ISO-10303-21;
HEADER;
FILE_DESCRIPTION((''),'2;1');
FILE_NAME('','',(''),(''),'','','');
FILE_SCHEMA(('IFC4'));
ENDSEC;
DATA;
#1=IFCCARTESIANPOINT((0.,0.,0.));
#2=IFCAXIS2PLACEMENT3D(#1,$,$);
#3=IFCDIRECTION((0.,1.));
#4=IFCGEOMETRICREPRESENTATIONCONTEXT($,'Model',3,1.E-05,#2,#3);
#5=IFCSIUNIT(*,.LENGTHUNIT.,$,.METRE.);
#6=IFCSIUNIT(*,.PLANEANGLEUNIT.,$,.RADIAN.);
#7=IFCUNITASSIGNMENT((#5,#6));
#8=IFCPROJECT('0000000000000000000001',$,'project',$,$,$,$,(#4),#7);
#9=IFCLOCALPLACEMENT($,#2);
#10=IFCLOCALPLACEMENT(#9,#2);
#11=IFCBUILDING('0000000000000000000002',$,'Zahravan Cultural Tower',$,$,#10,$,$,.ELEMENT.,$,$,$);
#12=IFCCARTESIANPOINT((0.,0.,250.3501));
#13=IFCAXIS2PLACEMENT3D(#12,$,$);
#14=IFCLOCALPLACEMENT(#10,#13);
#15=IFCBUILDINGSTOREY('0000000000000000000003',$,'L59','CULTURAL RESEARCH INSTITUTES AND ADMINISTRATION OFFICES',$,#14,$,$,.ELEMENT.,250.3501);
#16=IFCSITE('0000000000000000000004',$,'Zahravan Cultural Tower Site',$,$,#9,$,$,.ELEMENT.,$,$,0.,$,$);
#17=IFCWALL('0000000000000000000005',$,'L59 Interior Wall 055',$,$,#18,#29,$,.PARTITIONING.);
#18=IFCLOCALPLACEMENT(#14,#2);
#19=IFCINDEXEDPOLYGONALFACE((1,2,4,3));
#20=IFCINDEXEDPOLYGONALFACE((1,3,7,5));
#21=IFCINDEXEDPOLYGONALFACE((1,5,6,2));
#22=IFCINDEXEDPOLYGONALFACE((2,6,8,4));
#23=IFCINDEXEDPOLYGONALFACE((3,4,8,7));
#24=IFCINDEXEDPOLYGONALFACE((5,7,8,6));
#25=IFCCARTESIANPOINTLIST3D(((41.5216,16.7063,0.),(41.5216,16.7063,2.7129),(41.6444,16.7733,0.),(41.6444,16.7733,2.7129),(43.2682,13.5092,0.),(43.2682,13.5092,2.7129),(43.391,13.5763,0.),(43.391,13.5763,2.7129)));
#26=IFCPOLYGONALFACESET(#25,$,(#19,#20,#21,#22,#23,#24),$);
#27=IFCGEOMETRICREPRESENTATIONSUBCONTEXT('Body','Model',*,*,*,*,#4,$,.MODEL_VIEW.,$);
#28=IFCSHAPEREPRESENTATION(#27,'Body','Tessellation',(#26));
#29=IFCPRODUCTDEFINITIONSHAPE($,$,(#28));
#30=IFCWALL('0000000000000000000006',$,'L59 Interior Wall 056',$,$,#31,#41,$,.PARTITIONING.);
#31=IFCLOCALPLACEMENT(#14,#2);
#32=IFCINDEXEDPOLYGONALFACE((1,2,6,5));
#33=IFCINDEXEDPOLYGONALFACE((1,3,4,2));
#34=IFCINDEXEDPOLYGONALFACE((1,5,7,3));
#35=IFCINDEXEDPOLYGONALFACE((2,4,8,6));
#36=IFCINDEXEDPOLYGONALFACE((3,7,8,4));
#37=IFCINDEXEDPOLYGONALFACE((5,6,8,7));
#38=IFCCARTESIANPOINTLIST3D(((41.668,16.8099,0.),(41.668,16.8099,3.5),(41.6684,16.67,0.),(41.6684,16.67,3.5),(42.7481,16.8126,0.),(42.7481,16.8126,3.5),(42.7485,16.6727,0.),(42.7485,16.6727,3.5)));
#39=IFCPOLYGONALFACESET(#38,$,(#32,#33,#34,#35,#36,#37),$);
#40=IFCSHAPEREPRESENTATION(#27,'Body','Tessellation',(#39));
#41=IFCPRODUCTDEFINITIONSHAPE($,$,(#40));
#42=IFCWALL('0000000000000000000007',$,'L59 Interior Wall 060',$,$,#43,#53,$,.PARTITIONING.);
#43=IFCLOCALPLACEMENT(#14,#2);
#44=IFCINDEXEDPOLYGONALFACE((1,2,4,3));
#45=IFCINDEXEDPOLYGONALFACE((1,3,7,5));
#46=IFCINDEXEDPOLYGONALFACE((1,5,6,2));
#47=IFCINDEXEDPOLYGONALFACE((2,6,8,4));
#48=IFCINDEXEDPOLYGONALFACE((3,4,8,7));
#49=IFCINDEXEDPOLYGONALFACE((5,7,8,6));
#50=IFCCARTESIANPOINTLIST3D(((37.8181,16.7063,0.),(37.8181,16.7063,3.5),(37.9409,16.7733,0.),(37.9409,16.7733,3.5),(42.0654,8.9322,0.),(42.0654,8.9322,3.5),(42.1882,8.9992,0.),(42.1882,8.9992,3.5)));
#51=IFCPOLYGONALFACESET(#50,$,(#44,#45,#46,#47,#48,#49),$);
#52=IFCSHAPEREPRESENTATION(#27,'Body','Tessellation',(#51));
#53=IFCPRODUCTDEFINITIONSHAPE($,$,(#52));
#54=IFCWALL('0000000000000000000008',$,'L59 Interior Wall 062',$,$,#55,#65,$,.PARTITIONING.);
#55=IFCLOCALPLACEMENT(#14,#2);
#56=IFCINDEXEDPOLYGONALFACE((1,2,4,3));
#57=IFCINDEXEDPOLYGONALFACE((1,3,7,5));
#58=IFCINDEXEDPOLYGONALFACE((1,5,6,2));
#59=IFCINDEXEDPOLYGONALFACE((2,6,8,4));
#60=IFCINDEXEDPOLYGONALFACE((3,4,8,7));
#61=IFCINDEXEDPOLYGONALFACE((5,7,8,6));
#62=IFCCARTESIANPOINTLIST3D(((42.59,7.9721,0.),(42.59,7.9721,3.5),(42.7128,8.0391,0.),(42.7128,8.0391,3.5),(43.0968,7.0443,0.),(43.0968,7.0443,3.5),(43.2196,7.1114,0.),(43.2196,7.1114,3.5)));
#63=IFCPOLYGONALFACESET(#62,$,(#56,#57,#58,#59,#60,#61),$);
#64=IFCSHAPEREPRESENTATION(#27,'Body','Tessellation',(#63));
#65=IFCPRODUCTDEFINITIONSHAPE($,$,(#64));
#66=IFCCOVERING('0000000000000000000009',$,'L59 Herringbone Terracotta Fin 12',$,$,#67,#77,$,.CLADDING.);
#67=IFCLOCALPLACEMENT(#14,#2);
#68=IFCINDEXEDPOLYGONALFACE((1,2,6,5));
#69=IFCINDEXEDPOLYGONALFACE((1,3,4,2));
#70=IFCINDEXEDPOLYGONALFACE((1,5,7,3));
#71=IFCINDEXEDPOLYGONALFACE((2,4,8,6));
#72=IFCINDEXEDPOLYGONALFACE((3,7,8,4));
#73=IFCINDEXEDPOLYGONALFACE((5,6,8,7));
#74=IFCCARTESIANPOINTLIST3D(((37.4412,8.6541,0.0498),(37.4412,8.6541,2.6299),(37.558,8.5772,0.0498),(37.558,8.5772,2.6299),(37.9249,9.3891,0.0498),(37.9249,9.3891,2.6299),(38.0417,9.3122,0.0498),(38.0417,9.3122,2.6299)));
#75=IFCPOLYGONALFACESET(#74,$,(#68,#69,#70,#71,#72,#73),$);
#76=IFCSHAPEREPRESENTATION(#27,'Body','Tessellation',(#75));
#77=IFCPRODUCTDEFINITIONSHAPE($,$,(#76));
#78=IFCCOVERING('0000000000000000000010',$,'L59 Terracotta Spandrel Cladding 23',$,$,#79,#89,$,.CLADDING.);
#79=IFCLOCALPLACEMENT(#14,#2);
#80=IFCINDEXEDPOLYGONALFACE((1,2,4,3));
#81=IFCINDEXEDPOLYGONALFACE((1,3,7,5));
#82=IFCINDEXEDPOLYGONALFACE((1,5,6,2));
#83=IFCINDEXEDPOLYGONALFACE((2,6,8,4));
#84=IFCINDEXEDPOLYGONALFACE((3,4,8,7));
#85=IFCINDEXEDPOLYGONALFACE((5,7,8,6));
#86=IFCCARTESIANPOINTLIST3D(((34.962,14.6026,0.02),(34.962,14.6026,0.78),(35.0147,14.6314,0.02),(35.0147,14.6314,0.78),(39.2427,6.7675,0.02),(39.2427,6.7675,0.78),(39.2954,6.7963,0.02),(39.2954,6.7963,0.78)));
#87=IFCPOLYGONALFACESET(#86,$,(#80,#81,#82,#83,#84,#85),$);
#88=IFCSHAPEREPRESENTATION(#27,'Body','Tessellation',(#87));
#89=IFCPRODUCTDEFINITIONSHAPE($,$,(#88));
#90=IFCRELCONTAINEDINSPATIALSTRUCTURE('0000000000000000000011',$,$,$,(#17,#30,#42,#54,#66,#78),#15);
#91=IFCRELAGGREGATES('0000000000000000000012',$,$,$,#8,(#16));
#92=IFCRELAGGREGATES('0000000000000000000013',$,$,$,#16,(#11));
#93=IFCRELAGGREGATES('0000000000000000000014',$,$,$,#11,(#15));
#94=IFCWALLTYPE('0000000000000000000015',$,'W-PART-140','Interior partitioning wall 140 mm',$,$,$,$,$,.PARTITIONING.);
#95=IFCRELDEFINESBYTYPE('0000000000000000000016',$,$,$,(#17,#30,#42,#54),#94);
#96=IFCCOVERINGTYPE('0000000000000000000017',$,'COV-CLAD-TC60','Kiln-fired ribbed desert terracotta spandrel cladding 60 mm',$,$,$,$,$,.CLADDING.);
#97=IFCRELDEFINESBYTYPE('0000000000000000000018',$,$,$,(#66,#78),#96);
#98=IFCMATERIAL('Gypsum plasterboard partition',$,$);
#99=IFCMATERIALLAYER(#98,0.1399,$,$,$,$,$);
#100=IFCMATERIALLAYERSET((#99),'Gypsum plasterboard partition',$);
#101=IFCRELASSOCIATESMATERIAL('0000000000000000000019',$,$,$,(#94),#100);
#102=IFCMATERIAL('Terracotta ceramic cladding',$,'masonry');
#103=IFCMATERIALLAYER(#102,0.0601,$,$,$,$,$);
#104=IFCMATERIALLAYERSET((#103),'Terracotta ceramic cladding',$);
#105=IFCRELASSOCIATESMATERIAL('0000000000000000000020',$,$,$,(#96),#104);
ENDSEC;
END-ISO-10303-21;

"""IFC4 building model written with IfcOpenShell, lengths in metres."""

from ifc_helpers import new_model, si_unit, direction, frame, frame_2d, origin, origin_2d, place, context, subcontext, project, spatial, rectangle, extrude, source, transform, mapped, material, layer, layer_set, type_object, element, save


model = new_model("IFC4")

# Units and contexts
model_context = context("Model", 3, precision=1e-05, world=origin(), true_north=direction((0.0, 1.0)))
body_context = subcontext(model_context, "Body", "Model", "MODEL_VIEW")
ifc_project = project(units=[si_unit("LENGTHUNIT", "METRE"), si_unit("PLANEANGLEUNIT", "RADIAN")], contexts=[model_context])

# Site, building, storey
site_placement = place(None, origin())
site = spatial("IfcSite", under=ifc_project, at=site_placement, Name="Zahravan Cultural Tower Site", CompositionType="ELEMENT", RefElevation=0.0)
building_placement = place(site_placement, origin())
building = spatial("IfcBuilding", under=site, at=building_placement, Name="Zahravan Cultural Tower", CompositionType="ELEMENT")
storey_placement = place(building_placement, frame((0.0, 0.0, 250.3501)))
storey = spatial("IfcBuildingStorey", under=building, at=storey_placement, Name="L59", Description="CULTURAL RESEARCH INSTITUTES AND ADMINISTRATION OFFICES", CompositionType="ELEMENT", Elevation=250.3501)

# Shared definitions
ifc_material_1 = material(Name="Gypsum plasterboard partition")
ifc_layer_1 = layer(ifc_material_1, 0.1399)
ifc_layer_set_1 = layer_set([ifc_layer_1], Name="Gypsum plasterboard partition")
wall_type_1 = type_object("IfcWallType", Name="W-PART-140", Description="Interior partitioning wall 140 mm", PredefinedType="PARTITIONING", material=ifc_layer_set_1)

# Walls
shared_shape_1 = source(origin(), body_context, "Body", "SweptSolid", [
    extrude(rectangle(XDim=3.6431, YDim=0.1399, at=frame_2d((1.8215, 0.0))), origin(), (0.0, 0.0, 1.0), 2.7129),
])
wall_1_placement = place(storey_placement, frame((43.3296, 13.5427, 0.0), z_axis=(0.0, 0.0, 1.0), x_axis=(-0.479434, 0.877578, 0.0)))
element("IfcWall", 1, at=wall_1_placement, inside=storey, type_object=wall_type_1, Name="L59 Interior Wall 055", PredefinedType="PARTITIONING", context=body_context, shape_type="MappedRepresentation", body=[
    mapped(shared_shape_1, transform((0.0, 0.0, 0.0), x_axis=(1.0, 0.0, 0.0), y_axis=(0.0, 1.0, 0.0), z_axis=(0.0, 0.0, 1.0), scale=1.0)),
])
shared_shape_2 = source(origin(), body_context, "Body", "SweptSolid", [
    extrude(rectangle(XDim=1.0801, YDim=0.1399, at=frame_2d((0.54, 0.0))), origin(), (0.0, 0.0, 1.0), 3.5),
])
wall_2_placement = place(storey_placement, frame((41.6682, 16.74, 0.0), z_axis=(0.0, 0.0, 1.0), x_axis=(0.999997, 0.002486, 0.0)))
element("IfcWall", 2, at=wall_2_placement, inside=storey, type_object=wall_type_1, Name="L59 Interior Wall 056", PredefinedType="PARTITIONING", context=body_context, shape_type="MappedRepresentation", body=[
    mapped(shared_shape_2, transform((0.0, 0.0, 0.0), x_axis=(1.0, 0.0, 0.0), y_axis=(0.0, 1.0, 0.0), z_axis=(0.0, 0.0, 1.0), scale=1.0)),
])
shared_shape_3 = source(origin(), body_context, "Body", "SweptSolid", [
    extrude(rectangle(XDim=8.8586, YDim=0.1399, at=frame_2d((4.4292, 0.0))), origin(), (0.0, 0.0, 1.0), 3.5),
])
wall_3_placement = place(storey_placement, frame((42.1267, 8.9658, 0.0), z_axis=(0.0, 0.0, 1.0), x_axis=(-0.479449, 0.87757, 0.0)))
element("IfcWall", 3, at=wall_3_placement, inside=storey, type_object=wall_type_1, Name="L59 Interior Wall 060", PredefinedType="PARTITIONING", context=body_context, shape_type="MappedRepresentation", body=[
    mapped(shared_shape_3, transform((0.0, 0.0, 0.0), x_axis=(1.0, 0.0, 0.0), y_axis=(0.0, 1.0, 0.0), z_axis=(0.0, 0.0, 1.0), scale=1.0)),
])
shared_shape_4 = source(origin(), body_context, "Body", "SweptSolid", [
    extrude(rectangle(XDim=1.0571, YDim=0.1399, at=frame_2d((0.5286, 0.0))), origin(), (0.0, 0.0, 1.0), 3.5),
])
wall_4_placement = place(storey_placement, frame((43.1582, 7.0779, 0.0), z_axis=(0.0, 0.0, 1.0), x_axis=(-0.479435, 0.877578, 0.0)))
element("IfcWall", 4, at=wall_4_placement, inside=storey, type_object=wall_type_1, Name="L59 Interior Wall 062", PredefinedType="PARTITIONING", context=body_context, shape_type="MappedRepresentation", body=[
    mapped(shared_shape_4, transform((0.0, 0.0, 0.0), x_axis=(1.0, 0.0, 0.0), y_axis=(0.0, 1.0, 0.0), z_axis=(0.0, 0.0, 1.0), scale=1.0)),
])

# Coverings
ifc_material_2 = material(Name="Terracotta ceramic cladding", Category="masonry")
ifc_layer_2 = layer(ifc_material_2, 0.0601)
ifc_layer_set_2 = layer_set([ifc_layer_2], Name="Terracotta ceramic cladding")
covering_type = type_object("IfcCoveringType", Name="COV-CLAD-TC60", Description="Kiln-fired ribbed desert terracotta spandrel cladding 60 mm", PredefinedType="CLADDING", material=ifc_layer_set_2)
shared_shape_5 = source(origin(), body_context, "Body", "SweptSolid", [
    extrude(rectangle(XDim=0.8799, YDim=0.1399, at=origin_2d()), origin(), (0.0, 0.0, 1.0), 2.5801),
])
covering_1_placement = place(storey_placement, frame((37.7415, 8.9832, 0.0498), z_axis=(0.0, 0.0, 1.0), x_axis=(-0.549752, -0.835328, 0.0)))
element("IfcCovering", 5, at=covering_1_placement, inside=storey, type_object=covering_type, Name="L59 Herringbone Terracotta Fin 12", PredefinedType="CLADDING", context=body_context, shape_type="MappedRepresentation", body=[
    mapped(shared_shape_5, transform((0.0, 0.0, 0.0), x_axis=(1.0, 0.0, 0.0), y_axis=(0.0, 1.0, 0.0), z_axis=(0.0, 0.0, 1.0), scale=1.0)),
])
shared_shape_6 = source(origin(), body_context, "Body", "SweptSolid", [
    extrude(rectangle(XDim=8.9282, YDim=0.0601, at=origin_2d()), origin(), (0.0, 0.0, 1.0), 0.76),
])
covering_2_placement = place(storey_placement, frame((37.1287, 10.6995, 0.02), z_axis=(0.0, 0.0, 1.0), x_axis=(-0.479458, 0.877565, 0.0)))
element("IfcCovering", 6, at=covering_2_placement, inside=storey, type_object=covering_type, Name="L59 Terracotta Spandrel Cladding 23", PredefinedType="CLADDING", context=body_context, shape_type="MappedRepresentation", body=[
    mapped(shared_shape_6, transform((0.0, 0.0, 0.0), x_axis=(1.0, 0.0, 0.0), y_axis=(0.0, 1.0, 0.0), z_axis=(0.0, 0.0, 1.0), scale=1.0)),
])

save(model, "model.ifc")
